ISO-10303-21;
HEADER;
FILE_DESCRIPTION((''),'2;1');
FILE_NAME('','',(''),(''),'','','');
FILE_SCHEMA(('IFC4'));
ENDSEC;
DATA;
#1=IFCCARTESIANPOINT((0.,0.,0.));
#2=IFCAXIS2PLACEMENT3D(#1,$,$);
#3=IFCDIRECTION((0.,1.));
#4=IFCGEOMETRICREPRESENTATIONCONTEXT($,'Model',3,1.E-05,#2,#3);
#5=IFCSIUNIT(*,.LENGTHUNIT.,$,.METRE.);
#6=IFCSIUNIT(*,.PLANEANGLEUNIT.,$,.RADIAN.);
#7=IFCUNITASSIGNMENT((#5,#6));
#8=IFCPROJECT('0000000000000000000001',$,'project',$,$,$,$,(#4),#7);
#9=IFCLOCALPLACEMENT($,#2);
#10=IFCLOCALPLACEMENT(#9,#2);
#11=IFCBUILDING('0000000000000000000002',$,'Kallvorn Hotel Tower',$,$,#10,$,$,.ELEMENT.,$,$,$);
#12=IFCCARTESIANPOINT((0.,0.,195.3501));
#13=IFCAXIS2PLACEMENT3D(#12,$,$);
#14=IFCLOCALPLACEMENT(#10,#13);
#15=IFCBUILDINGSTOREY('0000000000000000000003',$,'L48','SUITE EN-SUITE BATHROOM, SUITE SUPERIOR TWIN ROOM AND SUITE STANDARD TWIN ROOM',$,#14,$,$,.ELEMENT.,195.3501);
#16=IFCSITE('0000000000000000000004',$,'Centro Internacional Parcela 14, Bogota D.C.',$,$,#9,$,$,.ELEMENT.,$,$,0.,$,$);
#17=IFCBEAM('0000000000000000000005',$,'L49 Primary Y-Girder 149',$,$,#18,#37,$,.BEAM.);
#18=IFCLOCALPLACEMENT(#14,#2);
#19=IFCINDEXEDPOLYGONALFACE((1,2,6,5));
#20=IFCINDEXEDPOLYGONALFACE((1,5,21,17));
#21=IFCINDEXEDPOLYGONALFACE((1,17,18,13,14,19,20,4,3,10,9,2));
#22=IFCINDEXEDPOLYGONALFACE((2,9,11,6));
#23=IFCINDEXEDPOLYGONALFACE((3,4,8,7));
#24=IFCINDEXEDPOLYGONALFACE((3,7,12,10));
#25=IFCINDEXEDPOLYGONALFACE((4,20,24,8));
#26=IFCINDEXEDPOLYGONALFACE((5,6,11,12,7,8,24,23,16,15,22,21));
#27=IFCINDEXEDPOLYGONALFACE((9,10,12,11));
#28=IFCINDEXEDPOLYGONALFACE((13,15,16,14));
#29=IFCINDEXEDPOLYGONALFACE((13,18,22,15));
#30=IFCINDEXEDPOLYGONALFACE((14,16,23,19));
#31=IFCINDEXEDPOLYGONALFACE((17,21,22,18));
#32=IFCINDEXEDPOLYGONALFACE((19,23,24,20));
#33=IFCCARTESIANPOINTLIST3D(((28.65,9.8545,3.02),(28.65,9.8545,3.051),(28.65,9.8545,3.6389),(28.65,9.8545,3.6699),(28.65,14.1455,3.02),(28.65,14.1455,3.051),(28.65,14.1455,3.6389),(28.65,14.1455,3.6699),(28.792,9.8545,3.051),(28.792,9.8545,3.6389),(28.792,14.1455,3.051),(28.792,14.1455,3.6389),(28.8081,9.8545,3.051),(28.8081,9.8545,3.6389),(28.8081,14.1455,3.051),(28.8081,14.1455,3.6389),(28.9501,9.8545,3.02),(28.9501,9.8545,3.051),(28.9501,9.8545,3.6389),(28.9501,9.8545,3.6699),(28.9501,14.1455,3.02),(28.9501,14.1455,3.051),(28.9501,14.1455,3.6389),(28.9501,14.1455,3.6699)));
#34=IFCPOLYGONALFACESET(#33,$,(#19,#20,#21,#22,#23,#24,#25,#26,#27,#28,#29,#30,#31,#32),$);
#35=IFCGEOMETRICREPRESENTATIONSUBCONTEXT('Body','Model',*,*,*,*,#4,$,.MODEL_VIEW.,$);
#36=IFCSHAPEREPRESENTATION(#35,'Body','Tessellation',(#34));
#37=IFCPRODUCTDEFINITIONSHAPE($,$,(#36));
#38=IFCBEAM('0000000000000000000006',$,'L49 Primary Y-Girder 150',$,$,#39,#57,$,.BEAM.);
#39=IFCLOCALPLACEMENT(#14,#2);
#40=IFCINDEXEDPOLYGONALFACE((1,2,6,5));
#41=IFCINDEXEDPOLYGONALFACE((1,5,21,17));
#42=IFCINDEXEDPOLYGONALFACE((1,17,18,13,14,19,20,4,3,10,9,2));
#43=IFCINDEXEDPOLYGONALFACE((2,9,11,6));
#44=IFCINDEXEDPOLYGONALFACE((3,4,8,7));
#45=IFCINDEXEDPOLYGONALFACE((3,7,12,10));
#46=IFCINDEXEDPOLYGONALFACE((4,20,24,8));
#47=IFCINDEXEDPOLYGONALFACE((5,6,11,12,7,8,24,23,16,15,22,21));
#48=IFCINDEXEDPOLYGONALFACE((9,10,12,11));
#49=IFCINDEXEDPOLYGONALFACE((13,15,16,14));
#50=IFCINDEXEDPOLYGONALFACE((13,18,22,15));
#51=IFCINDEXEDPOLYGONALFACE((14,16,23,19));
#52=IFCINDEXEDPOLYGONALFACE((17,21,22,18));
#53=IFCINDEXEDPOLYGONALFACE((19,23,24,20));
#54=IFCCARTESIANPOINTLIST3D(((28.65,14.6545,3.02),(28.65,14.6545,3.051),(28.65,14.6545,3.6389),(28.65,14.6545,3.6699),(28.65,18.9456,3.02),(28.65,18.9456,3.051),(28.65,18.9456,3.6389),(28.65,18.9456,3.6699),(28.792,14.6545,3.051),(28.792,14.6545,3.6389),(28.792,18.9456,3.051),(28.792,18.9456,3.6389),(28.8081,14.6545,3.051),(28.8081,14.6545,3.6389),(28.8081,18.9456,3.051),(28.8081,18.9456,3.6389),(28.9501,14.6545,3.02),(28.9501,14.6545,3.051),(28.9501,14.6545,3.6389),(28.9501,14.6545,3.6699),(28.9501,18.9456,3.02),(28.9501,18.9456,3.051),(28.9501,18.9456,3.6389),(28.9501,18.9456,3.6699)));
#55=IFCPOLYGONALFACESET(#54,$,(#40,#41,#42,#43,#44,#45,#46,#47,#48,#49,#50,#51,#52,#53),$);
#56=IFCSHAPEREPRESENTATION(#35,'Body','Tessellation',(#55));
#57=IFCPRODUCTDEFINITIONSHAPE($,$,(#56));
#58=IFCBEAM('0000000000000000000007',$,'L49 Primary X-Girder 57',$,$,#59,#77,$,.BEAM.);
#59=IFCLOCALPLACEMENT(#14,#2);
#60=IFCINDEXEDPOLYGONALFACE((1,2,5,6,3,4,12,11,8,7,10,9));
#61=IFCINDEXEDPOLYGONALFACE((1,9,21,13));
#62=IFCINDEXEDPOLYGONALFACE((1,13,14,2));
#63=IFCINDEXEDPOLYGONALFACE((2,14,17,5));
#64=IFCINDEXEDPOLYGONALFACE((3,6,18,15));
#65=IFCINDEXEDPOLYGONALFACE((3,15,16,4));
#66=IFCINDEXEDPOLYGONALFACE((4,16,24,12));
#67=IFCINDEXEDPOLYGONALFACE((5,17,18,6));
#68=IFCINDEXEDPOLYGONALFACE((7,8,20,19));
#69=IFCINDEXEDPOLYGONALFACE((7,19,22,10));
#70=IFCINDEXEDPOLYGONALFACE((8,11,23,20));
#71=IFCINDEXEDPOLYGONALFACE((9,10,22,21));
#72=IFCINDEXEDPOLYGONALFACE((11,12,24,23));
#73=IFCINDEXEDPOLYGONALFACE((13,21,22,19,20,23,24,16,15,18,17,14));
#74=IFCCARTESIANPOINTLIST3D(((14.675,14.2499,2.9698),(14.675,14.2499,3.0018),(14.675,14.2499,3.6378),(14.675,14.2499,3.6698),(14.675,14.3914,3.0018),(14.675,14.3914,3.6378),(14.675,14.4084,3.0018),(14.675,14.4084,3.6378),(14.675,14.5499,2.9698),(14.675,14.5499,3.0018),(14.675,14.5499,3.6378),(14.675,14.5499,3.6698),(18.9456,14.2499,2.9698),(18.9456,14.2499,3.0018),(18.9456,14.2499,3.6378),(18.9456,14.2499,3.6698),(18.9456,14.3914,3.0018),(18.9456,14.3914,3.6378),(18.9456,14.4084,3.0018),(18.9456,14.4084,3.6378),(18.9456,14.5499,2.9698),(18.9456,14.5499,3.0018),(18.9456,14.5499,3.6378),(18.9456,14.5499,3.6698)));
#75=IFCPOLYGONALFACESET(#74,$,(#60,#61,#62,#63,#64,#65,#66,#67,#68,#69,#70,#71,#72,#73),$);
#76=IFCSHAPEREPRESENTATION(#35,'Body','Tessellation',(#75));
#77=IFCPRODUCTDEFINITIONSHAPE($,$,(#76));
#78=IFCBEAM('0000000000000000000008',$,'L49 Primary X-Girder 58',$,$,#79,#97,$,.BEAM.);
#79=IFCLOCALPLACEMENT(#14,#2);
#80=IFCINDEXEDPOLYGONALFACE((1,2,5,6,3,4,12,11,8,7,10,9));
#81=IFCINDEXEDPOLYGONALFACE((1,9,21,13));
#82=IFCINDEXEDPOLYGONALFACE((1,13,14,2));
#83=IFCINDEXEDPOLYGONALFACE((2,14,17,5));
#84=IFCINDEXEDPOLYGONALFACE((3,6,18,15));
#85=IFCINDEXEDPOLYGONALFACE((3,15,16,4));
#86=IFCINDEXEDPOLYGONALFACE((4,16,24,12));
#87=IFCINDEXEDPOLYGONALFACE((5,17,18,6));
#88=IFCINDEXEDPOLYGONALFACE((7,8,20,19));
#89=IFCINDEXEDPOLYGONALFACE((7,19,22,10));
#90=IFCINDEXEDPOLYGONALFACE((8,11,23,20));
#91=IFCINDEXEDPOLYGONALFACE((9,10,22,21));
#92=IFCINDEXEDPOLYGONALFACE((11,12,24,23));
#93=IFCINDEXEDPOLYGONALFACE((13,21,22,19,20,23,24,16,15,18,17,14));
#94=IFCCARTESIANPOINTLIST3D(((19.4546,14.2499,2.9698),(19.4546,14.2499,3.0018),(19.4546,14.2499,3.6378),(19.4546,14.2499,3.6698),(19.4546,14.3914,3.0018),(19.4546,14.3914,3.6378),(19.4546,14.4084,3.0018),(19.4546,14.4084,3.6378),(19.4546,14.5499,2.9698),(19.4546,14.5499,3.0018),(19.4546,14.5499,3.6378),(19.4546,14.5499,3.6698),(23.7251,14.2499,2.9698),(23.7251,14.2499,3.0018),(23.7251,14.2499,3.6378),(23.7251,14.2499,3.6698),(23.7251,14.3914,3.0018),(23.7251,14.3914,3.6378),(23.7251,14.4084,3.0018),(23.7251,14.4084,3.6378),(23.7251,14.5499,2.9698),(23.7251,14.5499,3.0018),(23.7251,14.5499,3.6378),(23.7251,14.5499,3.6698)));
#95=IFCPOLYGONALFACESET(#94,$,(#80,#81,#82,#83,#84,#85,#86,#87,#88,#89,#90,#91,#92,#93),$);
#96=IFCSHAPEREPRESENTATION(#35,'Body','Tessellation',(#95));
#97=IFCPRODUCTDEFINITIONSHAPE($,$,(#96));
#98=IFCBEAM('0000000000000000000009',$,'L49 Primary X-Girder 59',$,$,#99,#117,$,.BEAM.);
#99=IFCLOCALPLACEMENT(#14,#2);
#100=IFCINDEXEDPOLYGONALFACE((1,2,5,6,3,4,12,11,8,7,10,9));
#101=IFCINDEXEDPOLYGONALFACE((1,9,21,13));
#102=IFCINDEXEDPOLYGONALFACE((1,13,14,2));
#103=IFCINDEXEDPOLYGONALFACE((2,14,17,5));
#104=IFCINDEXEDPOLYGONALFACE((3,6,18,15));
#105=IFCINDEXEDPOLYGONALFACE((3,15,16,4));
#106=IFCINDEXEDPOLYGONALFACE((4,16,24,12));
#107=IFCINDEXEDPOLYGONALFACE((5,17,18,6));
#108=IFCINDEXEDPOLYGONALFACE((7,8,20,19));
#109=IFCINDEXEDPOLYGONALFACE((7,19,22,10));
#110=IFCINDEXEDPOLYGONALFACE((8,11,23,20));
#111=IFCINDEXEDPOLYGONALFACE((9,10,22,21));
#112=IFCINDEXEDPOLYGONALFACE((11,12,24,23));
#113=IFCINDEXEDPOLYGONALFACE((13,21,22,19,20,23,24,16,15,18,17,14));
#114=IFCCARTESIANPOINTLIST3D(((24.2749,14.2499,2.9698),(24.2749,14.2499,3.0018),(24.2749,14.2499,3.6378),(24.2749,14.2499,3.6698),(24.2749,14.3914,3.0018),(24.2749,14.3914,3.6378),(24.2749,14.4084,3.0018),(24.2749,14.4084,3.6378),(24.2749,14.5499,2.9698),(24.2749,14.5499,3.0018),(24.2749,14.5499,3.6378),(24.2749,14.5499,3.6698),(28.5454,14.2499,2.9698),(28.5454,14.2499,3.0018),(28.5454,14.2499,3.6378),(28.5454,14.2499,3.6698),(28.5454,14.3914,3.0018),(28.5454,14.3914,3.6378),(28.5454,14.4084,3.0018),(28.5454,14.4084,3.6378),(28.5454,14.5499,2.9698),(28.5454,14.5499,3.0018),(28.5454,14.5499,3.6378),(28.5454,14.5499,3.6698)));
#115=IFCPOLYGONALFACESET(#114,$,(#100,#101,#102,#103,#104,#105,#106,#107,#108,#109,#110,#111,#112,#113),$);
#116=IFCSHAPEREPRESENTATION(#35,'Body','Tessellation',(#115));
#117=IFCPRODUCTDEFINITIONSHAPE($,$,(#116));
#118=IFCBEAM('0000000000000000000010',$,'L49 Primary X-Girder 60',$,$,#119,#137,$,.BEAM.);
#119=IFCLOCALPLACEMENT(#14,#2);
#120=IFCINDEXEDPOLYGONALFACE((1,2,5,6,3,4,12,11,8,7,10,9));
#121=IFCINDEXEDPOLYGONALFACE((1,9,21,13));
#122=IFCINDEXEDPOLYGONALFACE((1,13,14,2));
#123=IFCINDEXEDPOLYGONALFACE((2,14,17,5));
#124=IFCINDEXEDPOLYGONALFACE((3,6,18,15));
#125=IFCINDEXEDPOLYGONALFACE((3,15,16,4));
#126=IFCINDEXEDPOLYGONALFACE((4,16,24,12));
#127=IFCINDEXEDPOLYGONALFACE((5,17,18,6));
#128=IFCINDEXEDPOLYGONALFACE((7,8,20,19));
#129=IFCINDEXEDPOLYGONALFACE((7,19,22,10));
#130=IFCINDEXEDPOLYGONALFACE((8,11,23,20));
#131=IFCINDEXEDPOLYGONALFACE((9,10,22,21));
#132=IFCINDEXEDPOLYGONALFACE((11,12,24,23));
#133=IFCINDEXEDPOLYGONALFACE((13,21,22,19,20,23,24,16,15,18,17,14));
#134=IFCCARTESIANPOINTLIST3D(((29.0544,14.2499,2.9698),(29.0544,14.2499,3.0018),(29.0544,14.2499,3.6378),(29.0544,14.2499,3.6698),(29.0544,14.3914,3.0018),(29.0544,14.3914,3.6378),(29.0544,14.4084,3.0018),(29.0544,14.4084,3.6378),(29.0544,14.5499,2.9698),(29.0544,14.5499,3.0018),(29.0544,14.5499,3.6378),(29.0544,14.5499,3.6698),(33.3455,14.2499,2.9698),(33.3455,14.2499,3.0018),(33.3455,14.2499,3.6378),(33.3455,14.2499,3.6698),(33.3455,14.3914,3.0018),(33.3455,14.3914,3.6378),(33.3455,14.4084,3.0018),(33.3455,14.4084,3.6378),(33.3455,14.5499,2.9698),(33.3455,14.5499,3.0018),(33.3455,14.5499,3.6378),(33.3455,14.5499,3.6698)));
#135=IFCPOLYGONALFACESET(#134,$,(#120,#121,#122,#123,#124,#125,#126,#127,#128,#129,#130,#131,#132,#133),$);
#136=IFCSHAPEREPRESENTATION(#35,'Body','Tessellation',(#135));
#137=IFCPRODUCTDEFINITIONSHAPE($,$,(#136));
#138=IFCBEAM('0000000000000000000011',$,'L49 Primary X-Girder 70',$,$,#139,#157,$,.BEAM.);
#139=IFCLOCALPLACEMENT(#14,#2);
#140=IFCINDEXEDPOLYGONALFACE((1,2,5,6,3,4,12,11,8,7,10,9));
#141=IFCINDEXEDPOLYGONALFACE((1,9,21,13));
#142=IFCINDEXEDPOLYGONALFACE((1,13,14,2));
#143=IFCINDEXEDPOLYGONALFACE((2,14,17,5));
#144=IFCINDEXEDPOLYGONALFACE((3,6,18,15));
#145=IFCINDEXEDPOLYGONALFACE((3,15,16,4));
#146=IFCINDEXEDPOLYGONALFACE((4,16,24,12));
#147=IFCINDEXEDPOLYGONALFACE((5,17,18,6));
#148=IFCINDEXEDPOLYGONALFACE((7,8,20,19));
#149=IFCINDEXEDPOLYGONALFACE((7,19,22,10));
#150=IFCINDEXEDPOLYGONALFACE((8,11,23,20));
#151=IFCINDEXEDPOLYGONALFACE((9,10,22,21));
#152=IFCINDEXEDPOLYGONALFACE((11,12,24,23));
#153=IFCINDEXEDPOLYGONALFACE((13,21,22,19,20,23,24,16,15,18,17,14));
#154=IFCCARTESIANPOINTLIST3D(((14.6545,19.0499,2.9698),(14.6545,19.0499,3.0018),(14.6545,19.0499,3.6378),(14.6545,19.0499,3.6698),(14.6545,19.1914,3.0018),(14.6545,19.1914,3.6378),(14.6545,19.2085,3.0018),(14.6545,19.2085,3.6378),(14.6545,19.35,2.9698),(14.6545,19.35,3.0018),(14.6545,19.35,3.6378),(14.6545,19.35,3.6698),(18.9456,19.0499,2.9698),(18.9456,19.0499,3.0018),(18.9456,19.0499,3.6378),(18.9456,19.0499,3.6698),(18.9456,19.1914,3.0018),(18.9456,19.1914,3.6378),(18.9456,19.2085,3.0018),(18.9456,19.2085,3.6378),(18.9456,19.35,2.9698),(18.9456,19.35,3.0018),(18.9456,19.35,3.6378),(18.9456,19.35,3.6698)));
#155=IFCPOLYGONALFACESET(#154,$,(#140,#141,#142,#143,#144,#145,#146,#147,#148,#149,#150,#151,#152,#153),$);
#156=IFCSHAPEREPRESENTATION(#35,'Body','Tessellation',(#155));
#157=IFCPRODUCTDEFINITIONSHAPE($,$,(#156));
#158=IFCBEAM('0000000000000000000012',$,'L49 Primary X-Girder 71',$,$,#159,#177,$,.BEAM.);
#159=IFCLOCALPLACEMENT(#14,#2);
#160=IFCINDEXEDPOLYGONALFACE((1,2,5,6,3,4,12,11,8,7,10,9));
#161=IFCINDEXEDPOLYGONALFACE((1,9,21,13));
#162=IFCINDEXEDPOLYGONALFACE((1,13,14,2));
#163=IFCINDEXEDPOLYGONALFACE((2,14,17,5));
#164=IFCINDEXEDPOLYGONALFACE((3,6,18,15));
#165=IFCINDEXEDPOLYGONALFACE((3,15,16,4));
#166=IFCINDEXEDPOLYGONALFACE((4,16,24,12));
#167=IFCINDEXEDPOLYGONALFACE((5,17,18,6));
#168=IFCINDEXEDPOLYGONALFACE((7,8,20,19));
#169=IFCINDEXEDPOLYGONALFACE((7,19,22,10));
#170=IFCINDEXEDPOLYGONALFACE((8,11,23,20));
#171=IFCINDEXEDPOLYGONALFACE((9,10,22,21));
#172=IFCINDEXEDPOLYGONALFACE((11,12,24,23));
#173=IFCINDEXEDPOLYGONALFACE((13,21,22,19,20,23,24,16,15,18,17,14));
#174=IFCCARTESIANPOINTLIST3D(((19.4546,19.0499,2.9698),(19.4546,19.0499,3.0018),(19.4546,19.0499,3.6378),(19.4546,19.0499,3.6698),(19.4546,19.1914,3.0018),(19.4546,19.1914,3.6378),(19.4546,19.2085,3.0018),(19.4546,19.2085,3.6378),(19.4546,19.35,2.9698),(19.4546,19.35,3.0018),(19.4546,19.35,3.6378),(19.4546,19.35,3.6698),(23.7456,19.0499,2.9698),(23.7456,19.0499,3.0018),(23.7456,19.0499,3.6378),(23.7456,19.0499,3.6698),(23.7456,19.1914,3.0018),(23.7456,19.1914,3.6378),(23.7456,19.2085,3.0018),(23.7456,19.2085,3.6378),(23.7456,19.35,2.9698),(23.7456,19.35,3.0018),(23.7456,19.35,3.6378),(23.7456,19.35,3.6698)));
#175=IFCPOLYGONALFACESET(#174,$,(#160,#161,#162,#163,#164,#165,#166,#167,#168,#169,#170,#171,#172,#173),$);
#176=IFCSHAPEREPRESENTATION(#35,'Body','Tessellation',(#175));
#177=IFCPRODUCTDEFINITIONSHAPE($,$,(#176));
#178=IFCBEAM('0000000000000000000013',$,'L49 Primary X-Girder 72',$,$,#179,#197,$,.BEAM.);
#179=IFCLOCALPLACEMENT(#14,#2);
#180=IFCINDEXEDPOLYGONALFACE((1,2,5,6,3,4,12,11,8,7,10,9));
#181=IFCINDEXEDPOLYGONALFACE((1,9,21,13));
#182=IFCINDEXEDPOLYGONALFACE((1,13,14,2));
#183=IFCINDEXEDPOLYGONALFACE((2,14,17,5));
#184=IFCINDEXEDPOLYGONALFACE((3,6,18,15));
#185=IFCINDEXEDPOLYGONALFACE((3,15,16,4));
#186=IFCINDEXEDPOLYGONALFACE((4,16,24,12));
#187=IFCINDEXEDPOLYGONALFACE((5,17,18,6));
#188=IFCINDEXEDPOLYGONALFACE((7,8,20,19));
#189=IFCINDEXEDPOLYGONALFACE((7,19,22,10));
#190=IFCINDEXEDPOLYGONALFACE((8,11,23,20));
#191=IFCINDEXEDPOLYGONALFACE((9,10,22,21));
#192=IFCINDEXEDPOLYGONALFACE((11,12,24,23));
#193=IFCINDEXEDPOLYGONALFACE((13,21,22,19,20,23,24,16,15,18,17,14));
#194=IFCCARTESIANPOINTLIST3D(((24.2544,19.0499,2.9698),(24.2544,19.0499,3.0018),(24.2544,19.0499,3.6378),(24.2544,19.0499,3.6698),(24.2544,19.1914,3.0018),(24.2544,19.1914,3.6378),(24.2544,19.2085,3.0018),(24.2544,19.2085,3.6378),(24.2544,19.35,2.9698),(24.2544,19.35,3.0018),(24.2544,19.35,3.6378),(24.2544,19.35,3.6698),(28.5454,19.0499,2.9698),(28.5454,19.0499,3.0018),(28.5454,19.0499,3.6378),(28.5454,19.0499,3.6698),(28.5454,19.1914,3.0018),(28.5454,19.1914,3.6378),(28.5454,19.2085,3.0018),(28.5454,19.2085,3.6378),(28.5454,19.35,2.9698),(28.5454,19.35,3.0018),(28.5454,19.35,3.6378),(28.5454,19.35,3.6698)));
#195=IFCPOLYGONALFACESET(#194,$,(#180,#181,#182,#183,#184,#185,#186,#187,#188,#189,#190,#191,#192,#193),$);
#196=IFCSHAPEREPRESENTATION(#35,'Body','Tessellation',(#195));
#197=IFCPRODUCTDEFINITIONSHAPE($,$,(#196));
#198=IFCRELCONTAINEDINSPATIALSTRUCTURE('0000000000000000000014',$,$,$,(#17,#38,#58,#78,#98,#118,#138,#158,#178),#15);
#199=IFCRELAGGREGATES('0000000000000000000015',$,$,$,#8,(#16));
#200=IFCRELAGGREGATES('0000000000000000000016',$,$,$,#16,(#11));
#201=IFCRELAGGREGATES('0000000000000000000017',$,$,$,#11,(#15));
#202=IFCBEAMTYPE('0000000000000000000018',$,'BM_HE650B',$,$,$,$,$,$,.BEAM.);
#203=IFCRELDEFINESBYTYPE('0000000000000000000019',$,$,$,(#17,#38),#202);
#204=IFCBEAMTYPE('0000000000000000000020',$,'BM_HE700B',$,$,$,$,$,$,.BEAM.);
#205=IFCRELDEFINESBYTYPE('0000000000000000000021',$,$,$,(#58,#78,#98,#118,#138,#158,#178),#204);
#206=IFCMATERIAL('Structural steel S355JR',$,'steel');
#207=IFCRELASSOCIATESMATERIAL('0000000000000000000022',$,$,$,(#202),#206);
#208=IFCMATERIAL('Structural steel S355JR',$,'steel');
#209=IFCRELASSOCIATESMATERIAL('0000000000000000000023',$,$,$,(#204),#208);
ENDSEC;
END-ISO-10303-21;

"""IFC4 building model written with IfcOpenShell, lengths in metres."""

from ifc_helpers import new_model, si_unit, direction, frame, origin, origin_2d, place, context, subcontext, project, spatial, i_section, extrude, material, material_profile, profile_set, type_object, element, save


model = new_model("IFC4")

# Units and contexts
model_context = context("Model", 3, precision=1e-05, world=origin(), true_north=direction((0.0, 1.0)))
body_context = subcontext(model_context, "Body", "Model", "MODEL_VIEW")
ifc_project = project(units=[si_unit("LENGTHUNIT", "METRE"), si_unit("PLANEANGLEUNIT", "RADIAN")], contexts=[model_context])

# Site, building, storey
site_placement = place(None, origin())
site = spatial("IfcSite", under=ifc_project, at=site_placement, Name="Centro Internacional Parcela 14, Bogota D.C.", CompositionType="ELEMENT", RefElevation=0.0)
building_placement = place(site_placement, origin())
building = spatial("IfcBuilding", under=site, at=building_placement, Name="Kallvorn Hotel Tower", CompositionType="ELEMENT")
storey_placement = place(building_placement, frame((0.0, 0.0, 195.3501)))
storey = spatial("IfcBuildingStorey", under=building, at=storey_placement, Name="L48", Description="SUITE EN-SUITE BATHROOM, SUITE SUPERIOR TWIN ROOM AND SUITE STANDARD TWIN ROOM", CompositionType="ELEMENT", Elevation=195.3501)

# Beams
ifc_material_1 = material(Name="Structural steel S355JR", Category="steel")
ifc_material_profile_1 = material_profile(ifc_material_1, i_section(OverallWidth=0.3, OverallDepth=0.6499, WebThickness=0.0161, FlangeThickness=0.031, at=origin_2d()), Name="HE 650 B")
ifc_profile_set_1 = profile_set([ifc_material_profile_1], Name="Structural steel S355JR")
beam_type_1 = type_object("IfcBeamType", Name="BM_HE650B", PredefinedType="BEAM", material=ifc_profile_set_1)
for number, where, z_axis, x_axis, name in (
    (1, (28.8, 9.8545, 3.345), (0.0, 1.0, 0.0), (-1.0, 0.0, 0.0), "L49 Primary Y-Girder 149"),
    (2, (28.8, 14.6545, 3.345), (0.0, 1.0, 0.0), (-1.0, 0.0, 0.0), "L49 Primary Y-Girder 150"),
):
    element("IfcBeam", number, at=place(storey_placement, frame(where, z_axis=z_axis, x_axis=x_axis)), inside=storey, type_object=beam_type_1, Name=name, PredefinedType="BEAM", context=body_context, shape_type="SweptSolid", body=[
        extrude(i_section(OverallWidth=0.3, OverallDepth=0.6499, WebThickness=0.0161, FlangeThickness=0.031, at=origin_2d()), origin(), (0.0, 0.0, 1.0), 4.291),
    ])
ifc_material_2 = material(Name="Structural steel S355JR", Category="steel")
ifc_material_profile_2 = material_profile(ifc_material_2, i_section(OverallWidth=0.3, OverallDepth=0.7, WebThickness=0.0171, FlangeThickness=0.032, at=origin_2d()), Name="HE 700 B")
ifc_profile_set_2 = profile_set([ifc_material_profile_2], Name="Structural steel S355JR")
beam_type_2 = type_object("IfcBeamType", Name="BM_HE700B", PredefinedType="BEAM", material=ifc_profile_set_2)
for number, where, z_axis, x_axis, name in (
    (3, (14.675, 14.3999, 3.3198), (1.0, 0.0, 0.0), (0.0, 1.0, 0.0), "L49 Primary X-Girder 57"),
    (4, (19.4546, 14.3999, 3.3198), (1.0, 0.0, 0.0), (0.0, 1.0, 0.0), "L49 Primary X-Girder 58"),
    (5, (24.2749, 14.3999, 3.3198), (1.0, 0.0, 0.0), (0.0, 1.0, 0.0), "L49 Primary X-Girder 59"),
):
    element("IfcBeam", number, at=place(storey_placement, frame(where, z_axis=z_axis, x_axis=x_axis)), inside=storey, type_object=beam_type_2, Name=name, PredefinedType="BEAM", context=body_context, shape_type="SweptSolid", body=[
        extrude(i_section(OverallWidth=0.3, OverallDepth=0.7, WebThickness=0.0171, FlangeThickness=0.032, at=origin_2d()), origin(), (0.0, 0.0, 1.0), 4.2705),
    ])
for number, where, z_axis, x_axis, name in (
    (6, (29.0544, 14.3999, 3.3198), (1.0, 0.0, 0.0), (0.0, 1.0, 0.0), "L49 Primary X-Girder 60"),
    (7, (14.6545, 19.2, 3.3198), (1.0, 0.0, 0.0), (0.0, 1.0, 0.0), "L49 Primary X-Girder 70"),
    (8, (19.4546, 19.2, 3.3198), (1.0, 0.0, 0.0), (0.0, 1.0, 0.0), "L49 Primary X-Girder 71"),
    (9, (24.2544, 19.2, 3.3198), (1.0, 0.0, 0.0), (0.0, 1.0, 0.0), "L49 Primary X-Girder 72"),
):
    element("IfcBeam", number, at=place(storey_placement, frame(where, z_axis=z_axis, x_axis=x_axis)), inside=storey, type_object=beam_type_2, Name=name, PredefinedType="BEAM", context=body_context, shape_type="SweptSolid", body=[
        extrude(i_section(OverallWidth=0.3, OverallDepth=0.7, WebThickness=0.0171, FlangeThickness=0.032, at=origin_2d()), origin(), (0.0, 0.0, 1.0), 4.291),
    ])

save(model, "model.ifc")
